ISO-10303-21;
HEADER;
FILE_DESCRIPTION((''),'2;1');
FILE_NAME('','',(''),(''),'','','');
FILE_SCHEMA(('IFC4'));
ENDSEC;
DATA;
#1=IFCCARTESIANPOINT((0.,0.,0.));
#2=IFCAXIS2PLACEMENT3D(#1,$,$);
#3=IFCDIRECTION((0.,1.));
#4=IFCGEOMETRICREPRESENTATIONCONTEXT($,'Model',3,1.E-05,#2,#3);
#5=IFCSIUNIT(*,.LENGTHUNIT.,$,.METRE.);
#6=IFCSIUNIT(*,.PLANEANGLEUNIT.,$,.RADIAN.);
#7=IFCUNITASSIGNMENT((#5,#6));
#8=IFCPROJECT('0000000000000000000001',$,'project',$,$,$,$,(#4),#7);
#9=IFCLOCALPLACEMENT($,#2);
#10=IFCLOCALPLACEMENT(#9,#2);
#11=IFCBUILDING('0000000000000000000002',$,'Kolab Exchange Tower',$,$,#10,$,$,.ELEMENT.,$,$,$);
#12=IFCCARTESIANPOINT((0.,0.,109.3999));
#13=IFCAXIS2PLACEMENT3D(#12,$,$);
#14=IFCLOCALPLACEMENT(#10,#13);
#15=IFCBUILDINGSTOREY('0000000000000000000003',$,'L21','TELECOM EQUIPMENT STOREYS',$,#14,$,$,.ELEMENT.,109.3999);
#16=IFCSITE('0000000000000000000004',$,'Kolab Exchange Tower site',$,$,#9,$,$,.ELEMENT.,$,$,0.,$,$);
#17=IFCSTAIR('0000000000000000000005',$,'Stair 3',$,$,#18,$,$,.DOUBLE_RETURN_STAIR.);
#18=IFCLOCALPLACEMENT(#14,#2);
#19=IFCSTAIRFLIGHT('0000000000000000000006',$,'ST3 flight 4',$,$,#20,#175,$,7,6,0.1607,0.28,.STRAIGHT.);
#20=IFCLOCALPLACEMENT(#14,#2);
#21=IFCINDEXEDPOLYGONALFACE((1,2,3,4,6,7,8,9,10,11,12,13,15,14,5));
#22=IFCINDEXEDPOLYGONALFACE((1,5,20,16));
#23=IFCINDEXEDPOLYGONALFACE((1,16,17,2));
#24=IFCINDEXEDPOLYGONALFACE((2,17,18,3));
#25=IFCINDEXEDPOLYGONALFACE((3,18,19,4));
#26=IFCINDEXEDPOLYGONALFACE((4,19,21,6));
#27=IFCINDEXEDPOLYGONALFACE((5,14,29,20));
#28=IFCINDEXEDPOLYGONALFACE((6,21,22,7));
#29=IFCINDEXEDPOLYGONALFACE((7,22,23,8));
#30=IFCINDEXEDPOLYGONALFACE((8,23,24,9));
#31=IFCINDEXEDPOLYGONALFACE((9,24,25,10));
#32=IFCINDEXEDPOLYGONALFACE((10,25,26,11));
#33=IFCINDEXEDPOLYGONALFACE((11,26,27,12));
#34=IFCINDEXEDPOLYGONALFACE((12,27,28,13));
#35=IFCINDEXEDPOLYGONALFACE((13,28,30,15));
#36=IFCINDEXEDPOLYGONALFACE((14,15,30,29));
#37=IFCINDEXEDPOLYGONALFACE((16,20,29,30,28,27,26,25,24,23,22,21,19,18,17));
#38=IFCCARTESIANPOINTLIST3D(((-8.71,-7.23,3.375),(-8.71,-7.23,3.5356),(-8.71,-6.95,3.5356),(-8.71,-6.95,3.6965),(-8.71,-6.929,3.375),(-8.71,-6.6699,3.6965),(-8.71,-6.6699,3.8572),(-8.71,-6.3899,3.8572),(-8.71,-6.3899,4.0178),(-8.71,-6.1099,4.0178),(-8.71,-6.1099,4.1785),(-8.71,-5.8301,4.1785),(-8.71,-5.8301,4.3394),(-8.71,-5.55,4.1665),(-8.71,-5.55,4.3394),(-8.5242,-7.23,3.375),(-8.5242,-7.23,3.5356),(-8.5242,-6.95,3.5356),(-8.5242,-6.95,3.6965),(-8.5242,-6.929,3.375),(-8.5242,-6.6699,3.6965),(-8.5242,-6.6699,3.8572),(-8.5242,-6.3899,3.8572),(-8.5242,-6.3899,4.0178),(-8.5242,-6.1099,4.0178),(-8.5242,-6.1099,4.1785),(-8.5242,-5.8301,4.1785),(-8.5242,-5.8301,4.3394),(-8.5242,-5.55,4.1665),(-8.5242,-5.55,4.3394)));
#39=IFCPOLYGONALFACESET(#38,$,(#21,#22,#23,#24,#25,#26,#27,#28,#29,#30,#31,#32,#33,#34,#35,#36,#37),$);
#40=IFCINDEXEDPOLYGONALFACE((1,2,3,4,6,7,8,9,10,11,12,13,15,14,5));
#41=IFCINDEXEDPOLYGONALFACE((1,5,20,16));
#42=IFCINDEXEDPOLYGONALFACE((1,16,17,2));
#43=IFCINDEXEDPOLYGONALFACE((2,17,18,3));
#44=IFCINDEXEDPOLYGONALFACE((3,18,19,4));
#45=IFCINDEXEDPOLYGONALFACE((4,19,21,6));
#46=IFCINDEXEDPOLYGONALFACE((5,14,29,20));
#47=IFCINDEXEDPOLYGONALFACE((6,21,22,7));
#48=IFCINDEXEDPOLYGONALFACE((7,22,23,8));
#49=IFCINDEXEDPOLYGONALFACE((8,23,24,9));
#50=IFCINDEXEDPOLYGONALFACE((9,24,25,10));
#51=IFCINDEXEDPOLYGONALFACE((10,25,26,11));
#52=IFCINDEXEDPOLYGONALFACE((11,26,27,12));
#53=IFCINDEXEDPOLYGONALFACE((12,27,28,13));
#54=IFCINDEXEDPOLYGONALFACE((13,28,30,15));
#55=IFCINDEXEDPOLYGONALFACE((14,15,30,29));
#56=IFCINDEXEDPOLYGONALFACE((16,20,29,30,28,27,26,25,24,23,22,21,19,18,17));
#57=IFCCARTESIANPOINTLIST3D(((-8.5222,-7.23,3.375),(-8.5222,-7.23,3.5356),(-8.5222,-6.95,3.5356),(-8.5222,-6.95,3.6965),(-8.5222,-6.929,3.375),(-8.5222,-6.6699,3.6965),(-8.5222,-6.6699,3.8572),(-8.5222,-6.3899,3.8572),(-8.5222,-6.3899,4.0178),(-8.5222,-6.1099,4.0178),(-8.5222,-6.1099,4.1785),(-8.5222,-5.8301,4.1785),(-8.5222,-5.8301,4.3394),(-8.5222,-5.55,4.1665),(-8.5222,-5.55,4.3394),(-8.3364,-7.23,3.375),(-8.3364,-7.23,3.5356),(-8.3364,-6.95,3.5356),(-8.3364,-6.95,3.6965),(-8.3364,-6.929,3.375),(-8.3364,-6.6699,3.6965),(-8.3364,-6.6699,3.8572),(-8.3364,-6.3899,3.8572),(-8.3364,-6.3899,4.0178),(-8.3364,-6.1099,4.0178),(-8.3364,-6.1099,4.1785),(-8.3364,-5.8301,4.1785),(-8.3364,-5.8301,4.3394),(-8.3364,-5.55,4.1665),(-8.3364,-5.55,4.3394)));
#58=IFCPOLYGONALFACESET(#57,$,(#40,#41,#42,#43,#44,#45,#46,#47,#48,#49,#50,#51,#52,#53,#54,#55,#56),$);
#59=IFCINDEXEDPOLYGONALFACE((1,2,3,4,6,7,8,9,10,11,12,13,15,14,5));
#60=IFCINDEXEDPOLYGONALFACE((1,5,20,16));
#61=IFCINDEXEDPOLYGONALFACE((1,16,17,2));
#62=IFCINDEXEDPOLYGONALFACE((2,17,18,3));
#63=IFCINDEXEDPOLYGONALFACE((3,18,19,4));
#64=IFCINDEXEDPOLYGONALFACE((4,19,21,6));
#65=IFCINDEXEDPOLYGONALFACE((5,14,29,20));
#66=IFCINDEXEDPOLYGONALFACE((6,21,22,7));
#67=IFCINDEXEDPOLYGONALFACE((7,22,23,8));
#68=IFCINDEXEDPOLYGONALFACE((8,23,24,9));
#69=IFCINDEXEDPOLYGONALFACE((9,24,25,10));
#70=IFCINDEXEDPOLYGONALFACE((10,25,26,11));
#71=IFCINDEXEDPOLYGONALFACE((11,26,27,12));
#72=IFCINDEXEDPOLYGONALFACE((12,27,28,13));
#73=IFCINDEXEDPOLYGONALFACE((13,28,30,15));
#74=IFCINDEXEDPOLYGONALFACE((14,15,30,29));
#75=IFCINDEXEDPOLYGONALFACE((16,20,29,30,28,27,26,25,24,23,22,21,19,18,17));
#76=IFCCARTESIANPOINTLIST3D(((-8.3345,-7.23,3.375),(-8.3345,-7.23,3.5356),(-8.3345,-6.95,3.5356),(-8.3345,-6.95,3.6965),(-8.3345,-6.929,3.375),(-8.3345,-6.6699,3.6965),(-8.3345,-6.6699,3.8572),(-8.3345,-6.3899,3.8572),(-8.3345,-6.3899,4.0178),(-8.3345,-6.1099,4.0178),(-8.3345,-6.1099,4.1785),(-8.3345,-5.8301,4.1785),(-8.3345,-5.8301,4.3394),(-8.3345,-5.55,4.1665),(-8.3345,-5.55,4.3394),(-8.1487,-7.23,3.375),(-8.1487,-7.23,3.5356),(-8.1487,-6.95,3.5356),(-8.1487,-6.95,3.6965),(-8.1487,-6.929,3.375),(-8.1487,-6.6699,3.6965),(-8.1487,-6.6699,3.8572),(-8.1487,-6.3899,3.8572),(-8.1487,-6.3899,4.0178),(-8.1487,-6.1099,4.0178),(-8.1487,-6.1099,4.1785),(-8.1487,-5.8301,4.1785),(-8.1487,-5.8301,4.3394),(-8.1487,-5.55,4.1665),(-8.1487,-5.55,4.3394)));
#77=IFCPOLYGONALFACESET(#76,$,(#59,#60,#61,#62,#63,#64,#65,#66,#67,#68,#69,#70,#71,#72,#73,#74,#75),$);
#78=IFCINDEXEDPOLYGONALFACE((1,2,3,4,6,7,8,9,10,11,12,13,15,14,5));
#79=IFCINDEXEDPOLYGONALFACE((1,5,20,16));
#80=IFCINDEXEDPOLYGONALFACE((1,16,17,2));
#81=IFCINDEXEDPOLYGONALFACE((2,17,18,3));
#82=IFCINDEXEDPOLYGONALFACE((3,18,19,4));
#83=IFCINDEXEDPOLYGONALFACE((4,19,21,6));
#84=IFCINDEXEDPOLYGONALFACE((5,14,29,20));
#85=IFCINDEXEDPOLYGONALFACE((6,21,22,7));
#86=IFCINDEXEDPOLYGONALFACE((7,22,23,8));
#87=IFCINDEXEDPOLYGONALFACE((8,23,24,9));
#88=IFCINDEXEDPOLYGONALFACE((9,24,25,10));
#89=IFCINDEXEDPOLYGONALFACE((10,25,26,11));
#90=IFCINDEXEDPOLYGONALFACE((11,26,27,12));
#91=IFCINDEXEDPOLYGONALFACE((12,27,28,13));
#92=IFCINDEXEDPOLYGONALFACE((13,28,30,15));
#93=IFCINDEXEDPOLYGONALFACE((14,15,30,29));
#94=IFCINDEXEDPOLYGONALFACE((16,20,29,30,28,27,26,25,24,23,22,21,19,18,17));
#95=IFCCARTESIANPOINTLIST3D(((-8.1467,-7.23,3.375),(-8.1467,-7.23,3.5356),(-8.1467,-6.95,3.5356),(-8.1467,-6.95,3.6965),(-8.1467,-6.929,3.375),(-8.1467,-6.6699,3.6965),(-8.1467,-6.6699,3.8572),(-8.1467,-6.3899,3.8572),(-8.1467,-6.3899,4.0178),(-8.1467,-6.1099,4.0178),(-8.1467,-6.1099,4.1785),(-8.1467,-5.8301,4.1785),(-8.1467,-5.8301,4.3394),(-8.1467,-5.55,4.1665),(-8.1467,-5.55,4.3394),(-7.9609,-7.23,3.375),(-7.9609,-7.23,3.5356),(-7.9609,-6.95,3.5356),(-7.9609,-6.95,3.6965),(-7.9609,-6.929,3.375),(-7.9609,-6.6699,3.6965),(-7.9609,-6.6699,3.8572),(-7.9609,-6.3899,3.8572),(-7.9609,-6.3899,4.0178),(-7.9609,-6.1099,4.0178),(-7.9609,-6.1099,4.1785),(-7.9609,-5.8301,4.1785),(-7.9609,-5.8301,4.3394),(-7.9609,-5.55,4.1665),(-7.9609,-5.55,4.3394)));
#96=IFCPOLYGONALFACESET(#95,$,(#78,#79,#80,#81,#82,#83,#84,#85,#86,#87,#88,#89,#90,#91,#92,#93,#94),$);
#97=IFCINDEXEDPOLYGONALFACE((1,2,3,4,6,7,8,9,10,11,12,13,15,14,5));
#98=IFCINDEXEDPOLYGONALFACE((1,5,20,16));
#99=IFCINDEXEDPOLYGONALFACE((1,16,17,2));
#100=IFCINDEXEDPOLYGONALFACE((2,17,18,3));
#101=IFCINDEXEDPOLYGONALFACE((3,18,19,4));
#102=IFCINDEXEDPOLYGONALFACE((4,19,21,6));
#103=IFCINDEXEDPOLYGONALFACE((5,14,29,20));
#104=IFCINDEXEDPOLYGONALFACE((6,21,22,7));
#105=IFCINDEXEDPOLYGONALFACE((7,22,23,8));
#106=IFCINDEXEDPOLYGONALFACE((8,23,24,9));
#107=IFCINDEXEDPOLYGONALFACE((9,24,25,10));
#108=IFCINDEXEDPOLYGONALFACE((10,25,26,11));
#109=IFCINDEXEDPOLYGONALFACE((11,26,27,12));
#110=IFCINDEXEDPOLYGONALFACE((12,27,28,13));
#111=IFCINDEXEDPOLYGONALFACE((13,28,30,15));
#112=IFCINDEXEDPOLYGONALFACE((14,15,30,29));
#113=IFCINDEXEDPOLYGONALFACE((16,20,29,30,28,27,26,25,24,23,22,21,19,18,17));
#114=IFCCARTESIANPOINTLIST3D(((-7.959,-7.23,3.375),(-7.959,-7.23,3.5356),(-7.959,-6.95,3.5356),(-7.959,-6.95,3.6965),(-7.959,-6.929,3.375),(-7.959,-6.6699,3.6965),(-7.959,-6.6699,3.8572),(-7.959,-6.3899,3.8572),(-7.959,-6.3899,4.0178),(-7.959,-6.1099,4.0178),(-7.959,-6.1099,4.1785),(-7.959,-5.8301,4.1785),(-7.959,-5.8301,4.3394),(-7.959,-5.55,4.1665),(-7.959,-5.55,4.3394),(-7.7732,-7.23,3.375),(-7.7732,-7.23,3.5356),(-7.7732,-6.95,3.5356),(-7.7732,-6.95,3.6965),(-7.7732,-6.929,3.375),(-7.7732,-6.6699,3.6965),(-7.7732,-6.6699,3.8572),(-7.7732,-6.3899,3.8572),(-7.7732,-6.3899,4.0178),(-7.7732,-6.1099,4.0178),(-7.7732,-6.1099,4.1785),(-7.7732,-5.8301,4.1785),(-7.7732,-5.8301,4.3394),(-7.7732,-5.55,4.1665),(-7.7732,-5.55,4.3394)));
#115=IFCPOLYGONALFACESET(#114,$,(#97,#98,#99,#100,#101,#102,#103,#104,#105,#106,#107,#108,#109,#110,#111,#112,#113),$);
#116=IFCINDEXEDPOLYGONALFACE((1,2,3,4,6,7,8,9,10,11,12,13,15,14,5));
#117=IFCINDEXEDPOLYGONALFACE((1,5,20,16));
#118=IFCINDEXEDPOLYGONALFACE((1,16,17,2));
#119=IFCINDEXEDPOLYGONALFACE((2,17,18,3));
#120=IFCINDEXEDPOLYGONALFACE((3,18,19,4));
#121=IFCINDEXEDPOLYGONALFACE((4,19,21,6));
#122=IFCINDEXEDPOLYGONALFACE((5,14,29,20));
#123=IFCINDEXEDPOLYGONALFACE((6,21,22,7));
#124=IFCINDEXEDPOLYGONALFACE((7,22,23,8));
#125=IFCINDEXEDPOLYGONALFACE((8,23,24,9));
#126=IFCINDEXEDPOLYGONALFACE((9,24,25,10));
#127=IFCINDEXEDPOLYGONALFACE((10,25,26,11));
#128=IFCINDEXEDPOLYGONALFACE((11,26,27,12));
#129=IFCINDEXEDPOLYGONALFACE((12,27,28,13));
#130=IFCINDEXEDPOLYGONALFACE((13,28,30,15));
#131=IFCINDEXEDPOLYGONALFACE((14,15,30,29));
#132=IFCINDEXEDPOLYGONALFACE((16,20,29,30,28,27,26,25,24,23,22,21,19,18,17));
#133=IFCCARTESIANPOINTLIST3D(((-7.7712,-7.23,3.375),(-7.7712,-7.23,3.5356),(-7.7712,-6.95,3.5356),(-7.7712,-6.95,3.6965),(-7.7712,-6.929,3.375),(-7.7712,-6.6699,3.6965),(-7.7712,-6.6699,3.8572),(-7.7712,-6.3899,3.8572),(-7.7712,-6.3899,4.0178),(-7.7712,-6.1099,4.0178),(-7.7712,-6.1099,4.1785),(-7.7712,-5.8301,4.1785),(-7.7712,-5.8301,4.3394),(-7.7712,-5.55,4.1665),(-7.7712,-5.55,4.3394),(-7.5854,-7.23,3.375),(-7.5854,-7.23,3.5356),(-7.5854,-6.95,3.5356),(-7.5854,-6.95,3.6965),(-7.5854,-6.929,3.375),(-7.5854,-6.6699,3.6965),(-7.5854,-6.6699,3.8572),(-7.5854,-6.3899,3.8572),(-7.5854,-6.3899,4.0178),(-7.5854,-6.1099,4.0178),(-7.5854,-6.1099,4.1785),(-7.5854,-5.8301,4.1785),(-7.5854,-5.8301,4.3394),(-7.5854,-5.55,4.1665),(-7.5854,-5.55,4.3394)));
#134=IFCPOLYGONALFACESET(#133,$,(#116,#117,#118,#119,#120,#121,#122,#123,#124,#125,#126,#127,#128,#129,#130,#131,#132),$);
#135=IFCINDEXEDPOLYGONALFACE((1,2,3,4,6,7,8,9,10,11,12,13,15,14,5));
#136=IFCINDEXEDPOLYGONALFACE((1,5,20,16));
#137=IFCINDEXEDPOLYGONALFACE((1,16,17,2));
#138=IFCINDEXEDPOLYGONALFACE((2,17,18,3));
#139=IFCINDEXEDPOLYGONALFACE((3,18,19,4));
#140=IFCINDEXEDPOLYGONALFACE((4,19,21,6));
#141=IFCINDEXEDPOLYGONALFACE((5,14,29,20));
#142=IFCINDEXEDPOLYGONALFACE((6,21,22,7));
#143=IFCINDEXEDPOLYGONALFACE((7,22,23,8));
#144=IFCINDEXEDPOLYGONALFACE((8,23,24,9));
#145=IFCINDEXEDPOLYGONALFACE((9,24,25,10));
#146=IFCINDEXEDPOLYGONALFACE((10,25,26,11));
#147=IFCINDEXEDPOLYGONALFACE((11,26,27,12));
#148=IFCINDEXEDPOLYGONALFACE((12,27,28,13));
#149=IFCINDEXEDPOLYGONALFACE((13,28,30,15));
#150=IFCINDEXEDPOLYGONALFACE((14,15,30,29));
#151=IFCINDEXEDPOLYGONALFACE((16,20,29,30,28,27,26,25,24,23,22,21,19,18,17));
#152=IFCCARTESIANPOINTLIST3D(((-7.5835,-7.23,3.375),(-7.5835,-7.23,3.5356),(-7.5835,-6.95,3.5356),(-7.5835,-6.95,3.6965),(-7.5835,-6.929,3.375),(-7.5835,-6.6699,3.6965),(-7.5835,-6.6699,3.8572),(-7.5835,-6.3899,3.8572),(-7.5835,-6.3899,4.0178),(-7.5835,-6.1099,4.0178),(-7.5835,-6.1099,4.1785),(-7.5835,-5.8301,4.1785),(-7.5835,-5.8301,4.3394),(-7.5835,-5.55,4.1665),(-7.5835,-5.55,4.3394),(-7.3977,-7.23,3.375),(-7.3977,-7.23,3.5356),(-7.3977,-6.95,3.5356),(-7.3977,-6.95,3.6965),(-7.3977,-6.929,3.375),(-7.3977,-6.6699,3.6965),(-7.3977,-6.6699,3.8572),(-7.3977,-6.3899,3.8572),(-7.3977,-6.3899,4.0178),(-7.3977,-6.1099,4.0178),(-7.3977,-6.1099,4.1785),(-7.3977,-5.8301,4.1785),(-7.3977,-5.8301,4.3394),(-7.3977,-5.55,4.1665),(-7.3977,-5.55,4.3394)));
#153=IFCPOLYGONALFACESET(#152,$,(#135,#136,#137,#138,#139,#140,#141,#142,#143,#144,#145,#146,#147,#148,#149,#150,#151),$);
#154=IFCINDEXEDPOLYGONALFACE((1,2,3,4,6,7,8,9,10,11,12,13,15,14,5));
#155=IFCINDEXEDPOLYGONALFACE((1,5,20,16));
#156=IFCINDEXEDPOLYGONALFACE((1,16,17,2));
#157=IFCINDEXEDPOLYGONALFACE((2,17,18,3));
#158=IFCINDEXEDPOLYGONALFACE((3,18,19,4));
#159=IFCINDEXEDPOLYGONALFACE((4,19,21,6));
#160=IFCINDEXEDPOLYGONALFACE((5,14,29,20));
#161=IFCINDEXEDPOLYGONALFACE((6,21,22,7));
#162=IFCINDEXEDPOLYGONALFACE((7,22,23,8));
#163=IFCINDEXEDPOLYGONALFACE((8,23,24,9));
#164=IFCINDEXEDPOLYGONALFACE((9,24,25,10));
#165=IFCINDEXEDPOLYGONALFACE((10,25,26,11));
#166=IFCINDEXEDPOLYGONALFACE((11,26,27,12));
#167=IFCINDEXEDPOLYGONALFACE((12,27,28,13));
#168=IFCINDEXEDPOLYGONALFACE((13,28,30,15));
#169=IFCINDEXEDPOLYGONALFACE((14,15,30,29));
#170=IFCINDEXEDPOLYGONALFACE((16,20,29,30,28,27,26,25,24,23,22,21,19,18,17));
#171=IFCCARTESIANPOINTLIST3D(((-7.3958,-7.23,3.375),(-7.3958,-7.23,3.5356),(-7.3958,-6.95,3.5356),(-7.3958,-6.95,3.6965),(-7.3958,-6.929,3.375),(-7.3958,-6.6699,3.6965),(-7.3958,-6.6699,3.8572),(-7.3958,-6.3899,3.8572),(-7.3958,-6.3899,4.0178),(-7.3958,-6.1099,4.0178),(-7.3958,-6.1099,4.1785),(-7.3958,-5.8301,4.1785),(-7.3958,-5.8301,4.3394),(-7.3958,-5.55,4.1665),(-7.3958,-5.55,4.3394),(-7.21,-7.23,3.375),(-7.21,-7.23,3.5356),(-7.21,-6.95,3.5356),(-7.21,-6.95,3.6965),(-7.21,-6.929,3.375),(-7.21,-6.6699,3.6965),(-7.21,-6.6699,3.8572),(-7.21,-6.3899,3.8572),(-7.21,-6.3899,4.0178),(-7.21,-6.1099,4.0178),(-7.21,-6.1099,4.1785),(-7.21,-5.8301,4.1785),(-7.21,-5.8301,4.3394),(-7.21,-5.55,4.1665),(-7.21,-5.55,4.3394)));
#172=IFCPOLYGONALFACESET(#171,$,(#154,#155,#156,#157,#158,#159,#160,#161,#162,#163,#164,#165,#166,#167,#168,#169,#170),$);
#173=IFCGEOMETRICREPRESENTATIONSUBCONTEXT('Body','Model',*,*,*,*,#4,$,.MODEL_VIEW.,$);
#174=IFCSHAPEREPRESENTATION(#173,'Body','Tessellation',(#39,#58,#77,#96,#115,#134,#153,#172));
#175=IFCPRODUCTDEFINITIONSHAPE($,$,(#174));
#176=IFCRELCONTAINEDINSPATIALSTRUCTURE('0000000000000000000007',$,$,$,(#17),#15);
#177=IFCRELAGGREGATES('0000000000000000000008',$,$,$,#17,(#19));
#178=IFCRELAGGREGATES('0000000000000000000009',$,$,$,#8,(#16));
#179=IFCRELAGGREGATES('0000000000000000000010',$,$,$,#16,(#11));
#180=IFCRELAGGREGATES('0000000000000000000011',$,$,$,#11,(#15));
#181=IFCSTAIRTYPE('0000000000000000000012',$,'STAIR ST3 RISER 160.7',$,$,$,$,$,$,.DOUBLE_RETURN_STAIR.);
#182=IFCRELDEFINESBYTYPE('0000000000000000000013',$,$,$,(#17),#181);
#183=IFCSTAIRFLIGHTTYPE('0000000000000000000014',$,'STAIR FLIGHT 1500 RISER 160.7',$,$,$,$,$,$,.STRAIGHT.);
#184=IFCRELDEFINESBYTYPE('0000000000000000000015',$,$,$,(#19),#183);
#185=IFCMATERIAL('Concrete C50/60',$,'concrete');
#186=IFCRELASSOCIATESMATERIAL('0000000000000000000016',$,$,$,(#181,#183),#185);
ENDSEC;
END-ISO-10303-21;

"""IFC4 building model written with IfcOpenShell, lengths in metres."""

from ifc_helpers import new_model, si_unit, direction, frame, origin, place, context, subcontext, project, spatial, polyline, outline, extrude, material, type_object, element, aggregate, save


model = new_model("IFC4")

# Units and contexts
model_context = context("Model", 3, precision=1e-05, world=origin(), true_north=direction((0.0, 1.0)))
body_context = subcontext(model_context, "Body", "Model", "MODEL_VIEW")
ifc_project = project(units=[si_unit("LENGTHUNIT", "METRE"), si_unit("PLANEANGLEUNIT", "RADIAN")], contexts=[model_context])

# Site, building, storey
site_placement = place(None, origin())
site = spatial("IfcSite", under=ifc_project, at=site_placement, Name="Kolab Exchange Tower site", CompositionType="ELEMENT", RefElevation=0.0)
building_placement = place(site_placement, origin())
building = spatial("IfcBuilding", under=site, at=building_placement, Name="Kolab Exchange Tower", CompositionType="ELEMENT")
storey_placement = place(building_placement, frame((0.0, 0.0, 109.3999)))
storey = spatial("IfcBuildingStorey", under=building, at=storey_placement, Name="L21", Description="TELECOM EQUIPMENT STOREYS", CompositionType="ELEMENT", Elevation=109.3999)

# Shared definitions
ifc_material_1 = material(Name="Concrete C50/60", Category="concrete")

# Stair, stair flight
stair_type = type_object("IfcStairType", Name="STAIR ST3 RISER 160.7", PredefinedType="DOUBLE_RETURN_STAIR", material=ifc_material_1)
stair_placement = place(storey_placement, origin())
stair = element("IfcStair", 1, at=stair_placement, inside=storey, type_object=stair_type, Name="Stair 3", PredefinedType="DOUBLE_RETURN_STAIR")
stair_flight_type = type_object("IfcStairFlightType", Name="STAIR FLIGHT 1500 RISER 160.7", PredefinedType="STRAIGHT", material=ifc_material_1)
stair_flight_1_placement = place(storey_placement, frame((-7.96, -7.23, 3.375), z_axis=(0.0, 0.0, 1.0), x_axis=(0.0, 1.0, 0.0)))
stair_flight_1 = element("IfcStairFlight", 2, at=stair_flight_1_placement, type_object=stair_flight_type, Name="ST3 flight 4", NumberOfRisers=7, NumberOfTreads=6, PredefinedType="STRAIGHT", RiserHeight=0.1607, TreadLength=0.28, context=body_context, shape_type="SweptSolid", body=[
    extrude(outline(polyline([(0.0, 0.0), (0.0, 0.1606), (0.28, 0.1606), (0.28, 0.3215), (0.5601, 0.3215), (0.5601, 0.4822), (0.8401, 0.4822), (0.8401, 0.6428), (1.1201, 0.6428), (1.1201, 0.8035), (1.3999, 0.8035), (1.3999, 0.9644), (1.6799, 0.9644), (1.6799, 1.125), (1.6799, 0.7915), (0.301, 0.0), (0.0, 0.0)])), frame((0.0, 0.75, 0.0), z_axis=(0.0, -1.0, 0.0), x_axis=(1.0, 0.0, 0.0)), (0.0, 0.0, 1.0), 0.1858),
    extrude(outline(polyline([(0.0, 0.0), (0.0, 0.1606), (0.28, 0.1606), (0.28, 0.3215), (0.5601, 0.3215), (0.5601, 0.4822), (0.8401, 0.4822), (0.8401, 0.6428), (1.1201, 0.6428), (1.1201, 0.8035), (1.3999, 0.8035), (1.3999, 0.9644), (1.6799, 0.9644), (1.6799, 1.125), (1.6799, 0.7915), (0.301, 0.0), (0.0, 0.0)])), frame((0.0, 0.5623, 0.0), z_axis=(0.0, -1.0, 0.0), x_axis=(1.0, 0.0, 0.0)), (0.0, 0.0, 1.0), 0.1858),
    extrude(outline(polyline([(0.0, 0.0), (0.0, 0.1606), (0.28, 0.1606), (0.28, 0.3215), (0.5601, 0.3215), (0.5601, 0.4822), (0.8401, 0.4822), (0.8401, 0.6428), (1.1201, 0.6428), (1.1201, 0.8035), (1.3999, 0.8035), (1.3999, 0.9644), (1.6799, 0.9644), (1.6799, 1.125), (1.6799, 0.7915), (0.301, 0.0), (0.0, 0.0)])), frame((0.0, 0.3745, 0.0), z_axis=(0.0, -1.0, 0.0), x_axis=(1.0, 0.0, 0.0)), (0.0, 0.0, 1.0), 0.1858),
    extrude(outline(polyline([(0.0, 0.0), (0.0, 0.1606), (0.28, 0.1606), (0.28, 0.3215), (0.5601, 0.3215), (0.5601, 0.4822), (0.8401, 0.4822), (0.8401, 0.6428), (1.1201, 0.6428), (1.1201, 0.8035), (1.3999, 0.8035), (1.3999, 0.9644), (1.6799, 0.9644), (1.6799, 1.125), (1.6799, 0.7915), (0.301, 0.0), (0.0, 0.0)])), frame((0.0, 0.1868, 0.0), z_axis=(0.0, -1.0, 0.0), x_axis=(1.0, 0.0, 0.0)), (0.0, 0.0, 1.0), 0.1858),
    extrude(outline(polyline([(0.0, 0.0), (0.0, 0.1606), (0.28, 0.1606), (0.28, 0.3215), (0.5601, 0.3215), (0.5601, 0.4822), (0.8401, 0.4822), (0.8401, 0.6428), (1.1201, 0.6428), (1.1201, 0.8035), (1.3999, 0.8035), (1.3999, 0.9644), (1.6799, 0.9644), (1.6799, 1.125), (1.6799, 0.7915), (0.301, 0.0), (0.0, 0.0)])), frame((0.0, -0.001, 0.0), z_axis=(0.0, -1.0, 0.0), x_axis=(1.0, 0.0, 0.0)), (0.0, 0.0, 1.0), 0.1858),
    extrude(outline(polyline([(0.0, 0.0), (0.0, 0.1606), (0.28, 0.1606), (0.28, 0.3215), (0.5601, 0.3215), (0.5601, 0.4822), (0.8401, 0.4822), (0.8401, 0.6428), (1.1201, 0.6428), (1.1201, 0.8035), (1.3999, 0.8035), (1.3999, 0.9644), (1.6799, 0.9644), (1.6799, 1.125), (1.6799, 0.7915), (0.301, 0.0), (0.0, 0.0)])), frame((0.0, -0.1887, 0.0), z_axis=(0.0, -1.0, 0.0), x_axis=(1.0, 0.0, 0.0)), (0.0, 0.0, 1.0), 0.1858),
    extrude(outline(polyline([(0.0, 0.0), (0.0, 0.1606), (0.28, 0.1606), (0.28, 0.3215), (0.5601, 0.3215), (0.5601, 0.4822), (0.8401, 0.4822), (0.8401, 0.6428), (1.1201, 0.6428), (1.1201, 0.8035), (1.3999, 0.8035), (1.3999, 0.9644), (1.6799, 0.9644), (1.6799, 1.125), (1.6799, 0.7915), (0.301, 0.0), (0.0, 0.0)])), frame((0.0, -0.3765, 0.0), z_axis=(0.0, -1.0, 0.0), x_axis=(1.0, 0.0, 0.0)), (0.0, 0.0, 1.0), 0.1858),
    extrude(outline(polyline([(0.0, 0.0), (0.0, 0.1606), (0.28, 0.1606), (0.28, 0.3215), (0.5601, 0.3215), (0.5601, 0.4822), (0.8401, 0.4822), (0.8401, 0.6428), (1.1201, 0.6428), (1.1201, 0.8035), (1.3999, 0.8035), (1.3999, 0.9644), (1.6799, 0.9644), (1.6799, 1.125), (1.6799, 0.7915), (0.301, 0.0), (0.0, 0.0)])), frame((0.0, -0.5642, 0.0), z_axis=(0.0, -1.0, 0.0), x_axis=(1.0, 0.0, 0.0)), (0.0, 0.0, 1.0), 0.1858),
])
aggregate(stair, [stair_flight_1])

save(model, "model.ifc")
